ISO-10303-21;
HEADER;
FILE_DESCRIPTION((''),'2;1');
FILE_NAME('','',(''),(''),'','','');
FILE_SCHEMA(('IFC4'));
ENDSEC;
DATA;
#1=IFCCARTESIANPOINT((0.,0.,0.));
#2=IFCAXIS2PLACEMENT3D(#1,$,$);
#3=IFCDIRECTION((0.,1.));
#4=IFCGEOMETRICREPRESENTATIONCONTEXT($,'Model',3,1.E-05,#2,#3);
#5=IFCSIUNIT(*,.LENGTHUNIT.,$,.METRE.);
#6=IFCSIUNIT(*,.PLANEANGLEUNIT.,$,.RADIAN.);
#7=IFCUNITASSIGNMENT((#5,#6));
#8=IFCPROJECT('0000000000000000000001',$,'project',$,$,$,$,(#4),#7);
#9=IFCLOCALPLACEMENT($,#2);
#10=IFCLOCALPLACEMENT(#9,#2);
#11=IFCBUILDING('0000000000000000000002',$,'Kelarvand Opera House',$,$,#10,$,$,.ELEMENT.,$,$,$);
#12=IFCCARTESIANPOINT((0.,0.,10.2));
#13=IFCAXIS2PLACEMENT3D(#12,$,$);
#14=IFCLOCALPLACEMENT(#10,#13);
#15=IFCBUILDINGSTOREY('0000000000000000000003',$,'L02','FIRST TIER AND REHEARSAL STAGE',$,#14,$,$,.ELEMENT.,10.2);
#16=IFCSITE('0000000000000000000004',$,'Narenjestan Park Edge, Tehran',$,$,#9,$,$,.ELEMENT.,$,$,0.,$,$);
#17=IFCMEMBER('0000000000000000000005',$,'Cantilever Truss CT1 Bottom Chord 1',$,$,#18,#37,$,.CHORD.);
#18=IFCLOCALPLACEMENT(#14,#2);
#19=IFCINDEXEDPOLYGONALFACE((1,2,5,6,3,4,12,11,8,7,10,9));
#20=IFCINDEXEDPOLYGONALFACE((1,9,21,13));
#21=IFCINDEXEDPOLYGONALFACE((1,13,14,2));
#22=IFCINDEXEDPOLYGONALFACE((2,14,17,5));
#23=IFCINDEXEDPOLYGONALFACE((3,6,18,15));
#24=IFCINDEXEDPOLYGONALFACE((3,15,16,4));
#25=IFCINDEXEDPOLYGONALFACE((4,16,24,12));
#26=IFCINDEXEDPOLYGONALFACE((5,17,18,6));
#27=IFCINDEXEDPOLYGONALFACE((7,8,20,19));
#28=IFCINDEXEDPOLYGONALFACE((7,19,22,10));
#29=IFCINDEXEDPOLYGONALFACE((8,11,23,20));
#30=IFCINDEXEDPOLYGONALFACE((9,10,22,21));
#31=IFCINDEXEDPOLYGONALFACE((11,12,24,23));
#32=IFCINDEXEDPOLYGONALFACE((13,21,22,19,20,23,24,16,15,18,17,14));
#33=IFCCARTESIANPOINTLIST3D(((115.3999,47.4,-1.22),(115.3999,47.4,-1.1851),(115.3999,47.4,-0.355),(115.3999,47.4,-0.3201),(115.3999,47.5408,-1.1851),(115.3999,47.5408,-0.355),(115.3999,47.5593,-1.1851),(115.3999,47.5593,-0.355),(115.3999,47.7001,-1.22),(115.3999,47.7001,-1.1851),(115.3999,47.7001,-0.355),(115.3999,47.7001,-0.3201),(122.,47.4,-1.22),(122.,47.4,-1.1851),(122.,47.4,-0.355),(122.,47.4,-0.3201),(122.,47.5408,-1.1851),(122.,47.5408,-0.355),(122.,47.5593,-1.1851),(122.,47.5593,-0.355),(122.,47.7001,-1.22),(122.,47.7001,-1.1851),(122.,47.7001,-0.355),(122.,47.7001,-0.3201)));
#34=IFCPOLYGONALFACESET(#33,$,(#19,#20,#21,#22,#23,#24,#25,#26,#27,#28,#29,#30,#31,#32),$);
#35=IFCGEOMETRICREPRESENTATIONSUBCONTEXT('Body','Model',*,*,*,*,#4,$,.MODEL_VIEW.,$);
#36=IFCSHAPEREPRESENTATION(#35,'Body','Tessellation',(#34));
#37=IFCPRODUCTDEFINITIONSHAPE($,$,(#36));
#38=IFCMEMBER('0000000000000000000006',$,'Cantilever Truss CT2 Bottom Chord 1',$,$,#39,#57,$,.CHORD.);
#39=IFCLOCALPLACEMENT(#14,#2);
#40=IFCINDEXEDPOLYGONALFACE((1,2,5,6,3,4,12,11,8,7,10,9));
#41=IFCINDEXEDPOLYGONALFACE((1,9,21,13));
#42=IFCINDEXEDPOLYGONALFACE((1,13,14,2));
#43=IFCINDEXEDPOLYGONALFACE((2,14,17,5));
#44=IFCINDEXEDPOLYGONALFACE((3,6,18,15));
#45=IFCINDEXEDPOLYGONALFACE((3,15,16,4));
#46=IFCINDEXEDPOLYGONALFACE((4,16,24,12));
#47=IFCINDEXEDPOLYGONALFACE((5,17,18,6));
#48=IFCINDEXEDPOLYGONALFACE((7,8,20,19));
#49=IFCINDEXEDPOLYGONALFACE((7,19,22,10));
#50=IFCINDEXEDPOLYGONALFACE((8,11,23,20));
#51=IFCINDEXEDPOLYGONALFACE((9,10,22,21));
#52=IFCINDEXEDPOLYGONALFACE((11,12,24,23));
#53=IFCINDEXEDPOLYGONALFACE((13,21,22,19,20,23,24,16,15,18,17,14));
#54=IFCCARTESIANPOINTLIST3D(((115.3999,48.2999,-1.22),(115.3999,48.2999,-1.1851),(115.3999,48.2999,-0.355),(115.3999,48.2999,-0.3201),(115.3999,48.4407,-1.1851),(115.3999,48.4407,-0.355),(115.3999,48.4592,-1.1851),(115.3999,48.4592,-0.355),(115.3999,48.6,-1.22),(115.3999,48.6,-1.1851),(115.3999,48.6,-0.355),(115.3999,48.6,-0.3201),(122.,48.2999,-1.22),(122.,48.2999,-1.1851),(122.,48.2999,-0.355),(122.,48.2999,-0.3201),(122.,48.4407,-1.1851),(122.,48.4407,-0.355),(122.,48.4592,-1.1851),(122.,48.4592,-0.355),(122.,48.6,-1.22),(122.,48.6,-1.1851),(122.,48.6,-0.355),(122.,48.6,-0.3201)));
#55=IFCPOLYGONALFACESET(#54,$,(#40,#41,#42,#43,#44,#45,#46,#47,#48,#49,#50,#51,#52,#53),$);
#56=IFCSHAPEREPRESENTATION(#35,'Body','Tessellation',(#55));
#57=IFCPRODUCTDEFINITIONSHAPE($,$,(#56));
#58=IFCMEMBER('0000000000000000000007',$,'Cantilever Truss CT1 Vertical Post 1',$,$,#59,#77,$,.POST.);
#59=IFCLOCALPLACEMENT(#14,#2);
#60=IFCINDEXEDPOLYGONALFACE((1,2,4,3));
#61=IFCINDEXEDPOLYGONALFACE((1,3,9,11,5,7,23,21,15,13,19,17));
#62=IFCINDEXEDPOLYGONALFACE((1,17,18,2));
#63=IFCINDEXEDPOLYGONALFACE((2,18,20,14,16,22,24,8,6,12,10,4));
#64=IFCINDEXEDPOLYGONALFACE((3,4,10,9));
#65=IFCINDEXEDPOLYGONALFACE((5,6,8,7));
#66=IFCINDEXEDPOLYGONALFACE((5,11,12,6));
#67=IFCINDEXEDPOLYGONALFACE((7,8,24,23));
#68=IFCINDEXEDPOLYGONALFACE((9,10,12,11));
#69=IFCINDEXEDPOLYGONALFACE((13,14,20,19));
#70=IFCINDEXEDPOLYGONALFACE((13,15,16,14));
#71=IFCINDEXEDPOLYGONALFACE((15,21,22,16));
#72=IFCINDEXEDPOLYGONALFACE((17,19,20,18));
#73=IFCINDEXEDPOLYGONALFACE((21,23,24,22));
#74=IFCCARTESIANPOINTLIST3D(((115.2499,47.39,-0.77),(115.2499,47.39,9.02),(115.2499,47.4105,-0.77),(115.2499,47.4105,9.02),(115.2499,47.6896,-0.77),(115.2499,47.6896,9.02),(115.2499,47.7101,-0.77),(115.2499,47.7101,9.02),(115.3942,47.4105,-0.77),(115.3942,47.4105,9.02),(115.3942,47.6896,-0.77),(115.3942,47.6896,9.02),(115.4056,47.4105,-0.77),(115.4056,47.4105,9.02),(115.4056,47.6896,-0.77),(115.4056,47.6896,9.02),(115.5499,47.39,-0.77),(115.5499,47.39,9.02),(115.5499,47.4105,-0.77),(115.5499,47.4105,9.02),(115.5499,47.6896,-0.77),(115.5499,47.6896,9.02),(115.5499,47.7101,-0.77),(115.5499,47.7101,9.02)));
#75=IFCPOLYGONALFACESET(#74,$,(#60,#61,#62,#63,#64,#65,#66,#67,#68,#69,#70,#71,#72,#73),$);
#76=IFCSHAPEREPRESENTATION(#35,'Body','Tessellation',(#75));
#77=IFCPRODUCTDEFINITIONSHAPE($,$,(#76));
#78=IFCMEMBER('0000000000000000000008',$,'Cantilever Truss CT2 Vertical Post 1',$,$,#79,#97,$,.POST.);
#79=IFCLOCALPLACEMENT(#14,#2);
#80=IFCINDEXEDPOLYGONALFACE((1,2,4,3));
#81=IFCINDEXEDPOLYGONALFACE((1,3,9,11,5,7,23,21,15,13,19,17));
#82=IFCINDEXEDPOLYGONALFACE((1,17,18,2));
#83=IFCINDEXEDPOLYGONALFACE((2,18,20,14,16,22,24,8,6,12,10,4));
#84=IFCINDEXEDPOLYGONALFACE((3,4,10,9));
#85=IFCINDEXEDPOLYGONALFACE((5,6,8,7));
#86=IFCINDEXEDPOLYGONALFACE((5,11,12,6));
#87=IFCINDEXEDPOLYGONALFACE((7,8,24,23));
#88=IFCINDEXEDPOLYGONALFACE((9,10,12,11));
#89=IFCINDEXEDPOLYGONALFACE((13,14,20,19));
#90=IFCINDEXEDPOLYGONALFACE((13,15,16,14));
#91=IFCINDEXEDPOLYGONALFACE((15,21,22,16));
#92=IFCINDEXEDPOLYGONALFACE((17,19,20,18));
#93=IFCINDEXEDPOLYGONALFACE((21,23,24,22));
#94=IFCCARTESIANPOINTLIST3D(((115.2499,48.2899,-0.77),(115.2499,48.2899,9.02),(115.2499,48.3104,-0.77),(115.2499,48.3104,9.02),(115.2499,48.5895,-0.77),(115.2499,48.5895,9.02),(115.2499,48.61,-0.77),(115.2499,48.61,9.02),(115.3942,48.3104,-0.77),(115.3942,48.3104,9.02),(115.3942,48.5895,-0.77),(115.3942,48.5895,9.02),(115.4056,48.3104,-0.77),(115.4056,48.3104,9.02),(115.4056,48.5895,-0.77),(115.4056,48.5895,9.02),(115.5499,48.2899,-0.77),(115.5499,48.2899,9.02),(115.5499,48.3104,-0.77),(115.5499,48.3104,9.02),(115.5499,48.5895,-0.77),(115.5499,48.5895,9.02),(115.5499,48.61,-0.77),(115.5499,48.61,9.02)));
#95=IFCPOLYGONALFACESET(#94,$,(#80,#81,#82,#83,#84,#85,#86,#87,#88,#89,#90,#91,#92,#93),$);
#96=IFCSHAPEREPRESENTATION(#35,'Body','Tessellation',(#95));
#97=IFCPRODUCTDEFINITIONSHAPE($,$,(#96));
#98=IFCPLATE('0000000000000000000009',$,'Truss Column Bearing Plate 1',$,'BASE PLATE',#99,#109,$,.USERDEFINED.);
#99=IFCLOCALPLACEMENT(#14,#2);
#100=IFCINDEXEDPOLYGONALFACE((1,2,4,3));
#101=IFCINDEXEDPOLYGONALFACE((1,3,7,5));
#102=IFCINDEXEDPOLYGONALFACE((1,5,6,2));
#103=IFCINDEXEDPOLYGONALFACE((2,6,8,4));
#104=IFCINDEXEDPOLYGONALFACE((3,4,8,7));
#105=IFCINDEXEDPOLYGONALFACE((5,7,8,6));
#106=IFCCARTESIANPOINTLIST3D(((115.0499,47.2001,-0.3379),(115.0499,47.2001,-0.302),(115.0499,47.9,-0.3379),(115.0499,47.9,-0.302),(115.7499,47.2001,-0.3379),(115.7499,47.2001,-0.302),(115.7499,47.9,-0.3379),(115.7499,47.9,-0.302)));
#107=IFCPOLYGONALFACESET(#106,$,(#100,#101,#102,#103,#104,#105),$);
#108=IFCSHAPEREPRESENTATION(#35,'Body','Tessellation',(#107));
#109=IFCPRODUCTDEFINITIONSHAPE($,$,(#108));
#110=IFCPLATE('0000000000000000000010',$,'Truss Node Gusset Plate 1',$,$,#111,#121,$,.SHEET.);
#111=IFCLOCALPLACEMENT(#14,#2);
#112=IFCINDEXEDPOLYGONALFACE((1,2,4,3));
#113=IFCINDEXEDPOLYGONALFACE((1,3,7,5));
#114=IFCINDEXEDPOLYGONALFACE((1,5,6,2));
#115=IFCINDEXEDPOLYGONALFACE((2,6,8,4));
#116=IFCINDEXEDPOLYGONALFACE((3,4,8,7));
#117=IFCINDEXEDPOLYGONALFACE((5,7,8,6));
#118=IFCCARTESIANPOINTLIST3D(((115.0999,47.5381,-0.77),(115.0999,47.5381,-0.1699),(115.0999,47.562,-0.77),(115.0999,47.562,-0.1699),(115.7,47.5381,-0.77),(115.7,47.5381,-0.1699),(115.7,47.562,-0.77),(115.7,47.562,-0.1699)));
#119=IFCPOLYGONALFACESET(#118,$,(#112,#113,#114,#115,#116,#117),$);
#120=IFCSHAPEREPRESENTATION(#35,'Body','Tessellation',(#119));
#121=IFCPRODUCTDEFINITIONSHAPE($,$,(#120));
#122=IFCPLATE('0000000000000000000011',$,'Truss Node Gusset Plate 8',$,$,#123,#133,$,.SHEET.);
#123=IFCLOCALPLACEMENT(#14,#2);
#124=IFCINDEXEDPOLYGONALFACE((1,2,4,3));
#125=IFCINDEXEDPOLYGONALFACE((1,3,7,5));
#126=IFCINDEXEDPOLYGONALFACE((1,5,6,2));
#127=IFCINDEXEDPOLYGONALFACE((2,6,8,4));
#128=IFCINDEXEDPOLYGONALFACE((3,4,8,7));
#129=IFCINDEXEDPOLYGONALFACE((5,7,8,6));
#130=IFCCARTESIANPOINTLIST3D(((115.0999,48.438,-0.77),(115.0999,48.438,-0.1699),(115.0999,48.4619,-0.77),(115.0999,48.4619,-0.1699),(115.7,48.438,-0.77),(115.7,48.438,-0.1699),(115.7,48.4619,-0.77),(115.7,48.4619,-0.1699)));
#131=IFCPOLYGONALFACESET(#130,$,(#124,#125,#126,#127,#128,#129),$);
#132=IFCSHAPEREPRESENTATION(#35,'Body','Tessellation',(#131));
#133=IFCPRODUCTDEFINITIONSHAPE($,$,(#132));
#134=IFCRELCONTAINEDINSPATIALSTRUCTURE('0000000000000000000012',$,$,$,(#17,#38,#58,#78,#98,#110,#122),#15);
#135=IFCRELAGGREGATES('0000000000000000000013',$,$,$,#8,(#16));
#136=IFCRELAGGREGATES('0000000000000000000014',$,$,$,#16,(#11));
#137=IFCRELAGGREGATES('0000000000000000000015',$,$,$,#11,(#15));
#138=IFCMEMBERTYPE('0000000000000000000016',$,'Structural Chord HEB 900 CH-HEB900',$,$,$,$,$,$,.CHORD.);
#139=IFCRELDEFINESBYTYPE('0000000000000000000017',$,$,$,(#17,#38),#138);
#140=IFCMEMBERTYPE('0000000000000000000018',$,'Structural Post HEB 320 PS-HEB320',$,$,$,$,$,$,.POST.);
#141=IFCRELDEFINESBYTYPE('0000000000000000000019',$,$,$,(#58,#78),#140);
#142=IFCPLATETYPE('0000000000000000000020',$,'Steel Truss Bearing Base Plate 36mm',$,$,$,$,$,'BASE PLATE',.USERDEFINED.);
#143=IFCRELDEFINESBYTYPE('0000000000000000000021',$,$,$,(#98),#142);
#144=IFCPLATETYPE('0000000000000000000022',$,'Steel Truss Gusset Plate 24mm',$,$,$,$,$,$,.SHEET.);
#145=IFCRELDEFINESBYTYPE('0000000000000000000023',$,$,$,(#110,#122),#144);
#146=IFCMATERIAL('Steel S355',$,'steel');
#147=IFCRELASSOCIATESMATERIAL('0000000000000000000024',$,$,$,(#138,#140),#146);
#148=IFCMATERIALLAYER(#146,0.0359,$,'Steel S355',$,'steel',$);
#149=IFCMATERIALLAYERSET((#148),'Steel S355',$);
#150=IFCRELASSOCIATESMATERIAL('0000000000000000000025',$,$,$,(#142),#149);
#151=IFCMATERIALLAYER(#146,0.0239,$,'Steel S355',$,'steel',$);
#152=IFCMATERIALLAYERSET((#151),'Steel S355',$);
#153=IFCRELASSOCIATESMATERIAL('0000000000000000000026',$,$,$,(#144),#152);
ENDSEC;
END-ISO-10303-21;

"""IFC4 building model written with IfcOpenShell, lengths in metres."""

from ifc_helpers import new_model, si_unit, direction, frame, origin, origin_2d, place, context, subcontext, project, spatial, rectangle, i_section, extrude, material, layer, layer_set, material_profile, profile_set, type_object, element, save


model = new_model("IFC4")

# Units and contexts
model_context = context("Model", 3, precision=1e-05, world=origin(), true_north=direction((0.0, 1.0)))
body_context = subcontext(model_context, "Body", "Model", "MODEL_VIEW")
ifc_project = project(units=[si_unit("LENGTHUNIT", "METRE"), si_unit("PLANEANGLEUNIT", "RADIAN")], contexts=[model_context])

# Site, building, storey
site_placement = place(None, origin())
site = spatial("IfcSite", under=ifc_project, at=site_placement, Name="Narenjestan Park Edge, Tehran", CompositionType="ELEMENT", RefElevation=0.0)
building_placement = place(site_placement, origin())
building = spatial("IfcBuilding", under=site, at=building_placement, Name="Kelarvand Opera House", CompositionType="ELEMENT")
storey_placement = place(building_placement, frame((0.0, 0.0, 10.2)))
storey = spatial("IfcBuildingStorey", under=building, at=storey_placement, Name="L02", Description="FIRST TIER AND REHEARSAL STAGE", CompositionType="ELEMENT", Elevation=10.2)

# Members
ifc_material_1 = material(Name="Steel S355", Category="steel")
ifc_material_profile_1 = material_profile(ifc_material_1, i_section(OverallWidth=0.3, OverallDepth=0.8999, WebThickness=0.0186, FlangeThickness=0.0349, at=origin_2d()), Name="HEB 900", Category="steel")
ifc_profile_set_1 = profile_set([ifc_material_profile_1], Name="Steel S355")
member_type_1 = type_object("IfcMemberType", Name="Structural Chord HEB 900 CH-HEB900", PredefinedType="CHORD", material=ifc_profile_set_1)
for number, where, z_axis, x_axis, name in (
    (1, (115.3999, 47.55, -0.77), (1.0, 0.0, 0.0), (0.0, 1.0, 0.0), "Cantilever Truss CT1 Bottom Chord 1"),
    (2, (115.3999, 48.45, -0.77), (1.0, 0.0, 0.0), (0.0, 1.0, 0.0), "Cantilever Truss CT2 Bottom Chord 1"),
):
    element("IfcMember", number, at=place(storey_placement, frame(where, z_axis=z_axis, x_axis=x_axis)), inside=storey, type_object=member_type_1, Name=name, PredefinedType="CHORD", context=body_context, shape_type="SweptSolid", body=[
        extrude(i_section(OverallWidth=0.3, OverallDepth=0.8999, WebThickness=0.0186, FlangeThickness=0.0349, at=origin_2d()), origin(), (0.0, 0.0, 1.0), 6.6001),
    ])
ifc_material_profile_2 = material_profile(ifc_material_1, i_section(OverallWidth=0.3, OverallDepth=0.3201, WebThickness=0.0115, FlangeThickness=0.0205, at=origin_2d()), Name="HEB 320", Category="steel")
ifc_profile_set_2 = profile_set([ifc_material_profile_2], Name="Steel S355")
member_type_2 = type_object("IfcMemberType", Name="Structural Post HEB 320 PS-HEB320", PredefinedType="POST", material=ifc_profile_set_2)
for number, where, z_axis, x_axis, name in (
    (3, (115.3999, 47.55, -0.77), (0.0, 0.0, 1.0), (1.0, 0.0, 0.0), "Cantilever Truss CT1 Vertical Post 1"),
    (4, (115.3999, 48.45, -0.77), (0.0, 0.0, 1.0), (1.0, 0.0, 0.0), "Cantilever Truss CT2 Vertical Post 1"),
):
    element("IfcMember", number, at=place(storey_placement, frame(where, z_axis=z_axis, x_axis=x_axis)), inside=storey, type_object=member_type_2, Name=name, PredefinedType="POST", context=body_context, shape_type="SweptSolid", body=[
        extrude(i_section(OverallWidth=0.3, OverallDepth=0.3201, WebThickness=0.0115, FlangeThickness=0.0205, at=origin_2d()), origin(), (0.0, 0.0, 1.0), 9.79),
    ])

# Plates
ifc_layer_1 = layer(ifc_material_1, 0.0359, Name="Steel S355", Category="steel")
ifc_layer_set_1 = layer_set([ifc_layer_1], Name="Steel S355")
plate_type_1 = type_object("IfcPlateType", Name="Steel Truss Bearing Base Plate 36mm", ElementType="BASE PLATE", PredefinedType="USERDEFINED", material=ifc_layer_set_1)
plate_placement = place(storey_placement, frame((115.3999, 47.55, -0.3379), z_axis=(0.0, 0.0, 1.0), x_axis=(1.0, 0.0, 0.0)))
element("IfcPlate", 5, at=plate_placement, inside=storey, type_object=plate_type_1, Name="Truss Column Bearing Plate 1", ObjectType="BASE PLATE", PredefinedType="USERDEFINED", context=body_context, shape_type="SweptSolid", body=[
    extrude(rectangle(XDim=0.7, YDim=0.7, at=origin_2d()), origin(), (0.0, 0.0, 1.0), 0.0359),
])
ifc_layer_2 = layer(ifc_material_1, 0.0239, Name="Steel S355", Category="steel")
ifc_layer_set_2 = layer_set([ifc_layer_2], Name="Steel S355")
plate_type_2 = type_object("IfcPlateType", Name="Steel Truss Gusset Plate 24mm", PredefinedType="SHEET", material=ifc_layer_set_2)
for number, where, z_axis, x_axis, name in (
    (6, (115.3999, 47.55, -0.77), (0.0, 0.0, 1.0), (1.0, 0.0, 0.0), "Truss Node Gusset Plate 1"),
    (7, (115.3999, 48.45, -0.77), (0.0, 0.0, 1.0), (1.0, 0.0, 0.0), "Truss Node Gusset Plate 8"),
):
    element("IfcPlate", number, at=place(storey_placement, frame(where, z_axis=z_axis, x_axis=x_axis)), inside=storey, type_object=plate_type_2, Name=name, PredefinedType="SHEET", context=body_context, shape_type="SweptSolid", body=[
        extrude(rectangle(XDim=0.6001, YDim=0.0239, at=origin_2d()), origin(), (0.0, 0.0, 1.0), 0.6001),
    ])

save(model, "model.ifc")
